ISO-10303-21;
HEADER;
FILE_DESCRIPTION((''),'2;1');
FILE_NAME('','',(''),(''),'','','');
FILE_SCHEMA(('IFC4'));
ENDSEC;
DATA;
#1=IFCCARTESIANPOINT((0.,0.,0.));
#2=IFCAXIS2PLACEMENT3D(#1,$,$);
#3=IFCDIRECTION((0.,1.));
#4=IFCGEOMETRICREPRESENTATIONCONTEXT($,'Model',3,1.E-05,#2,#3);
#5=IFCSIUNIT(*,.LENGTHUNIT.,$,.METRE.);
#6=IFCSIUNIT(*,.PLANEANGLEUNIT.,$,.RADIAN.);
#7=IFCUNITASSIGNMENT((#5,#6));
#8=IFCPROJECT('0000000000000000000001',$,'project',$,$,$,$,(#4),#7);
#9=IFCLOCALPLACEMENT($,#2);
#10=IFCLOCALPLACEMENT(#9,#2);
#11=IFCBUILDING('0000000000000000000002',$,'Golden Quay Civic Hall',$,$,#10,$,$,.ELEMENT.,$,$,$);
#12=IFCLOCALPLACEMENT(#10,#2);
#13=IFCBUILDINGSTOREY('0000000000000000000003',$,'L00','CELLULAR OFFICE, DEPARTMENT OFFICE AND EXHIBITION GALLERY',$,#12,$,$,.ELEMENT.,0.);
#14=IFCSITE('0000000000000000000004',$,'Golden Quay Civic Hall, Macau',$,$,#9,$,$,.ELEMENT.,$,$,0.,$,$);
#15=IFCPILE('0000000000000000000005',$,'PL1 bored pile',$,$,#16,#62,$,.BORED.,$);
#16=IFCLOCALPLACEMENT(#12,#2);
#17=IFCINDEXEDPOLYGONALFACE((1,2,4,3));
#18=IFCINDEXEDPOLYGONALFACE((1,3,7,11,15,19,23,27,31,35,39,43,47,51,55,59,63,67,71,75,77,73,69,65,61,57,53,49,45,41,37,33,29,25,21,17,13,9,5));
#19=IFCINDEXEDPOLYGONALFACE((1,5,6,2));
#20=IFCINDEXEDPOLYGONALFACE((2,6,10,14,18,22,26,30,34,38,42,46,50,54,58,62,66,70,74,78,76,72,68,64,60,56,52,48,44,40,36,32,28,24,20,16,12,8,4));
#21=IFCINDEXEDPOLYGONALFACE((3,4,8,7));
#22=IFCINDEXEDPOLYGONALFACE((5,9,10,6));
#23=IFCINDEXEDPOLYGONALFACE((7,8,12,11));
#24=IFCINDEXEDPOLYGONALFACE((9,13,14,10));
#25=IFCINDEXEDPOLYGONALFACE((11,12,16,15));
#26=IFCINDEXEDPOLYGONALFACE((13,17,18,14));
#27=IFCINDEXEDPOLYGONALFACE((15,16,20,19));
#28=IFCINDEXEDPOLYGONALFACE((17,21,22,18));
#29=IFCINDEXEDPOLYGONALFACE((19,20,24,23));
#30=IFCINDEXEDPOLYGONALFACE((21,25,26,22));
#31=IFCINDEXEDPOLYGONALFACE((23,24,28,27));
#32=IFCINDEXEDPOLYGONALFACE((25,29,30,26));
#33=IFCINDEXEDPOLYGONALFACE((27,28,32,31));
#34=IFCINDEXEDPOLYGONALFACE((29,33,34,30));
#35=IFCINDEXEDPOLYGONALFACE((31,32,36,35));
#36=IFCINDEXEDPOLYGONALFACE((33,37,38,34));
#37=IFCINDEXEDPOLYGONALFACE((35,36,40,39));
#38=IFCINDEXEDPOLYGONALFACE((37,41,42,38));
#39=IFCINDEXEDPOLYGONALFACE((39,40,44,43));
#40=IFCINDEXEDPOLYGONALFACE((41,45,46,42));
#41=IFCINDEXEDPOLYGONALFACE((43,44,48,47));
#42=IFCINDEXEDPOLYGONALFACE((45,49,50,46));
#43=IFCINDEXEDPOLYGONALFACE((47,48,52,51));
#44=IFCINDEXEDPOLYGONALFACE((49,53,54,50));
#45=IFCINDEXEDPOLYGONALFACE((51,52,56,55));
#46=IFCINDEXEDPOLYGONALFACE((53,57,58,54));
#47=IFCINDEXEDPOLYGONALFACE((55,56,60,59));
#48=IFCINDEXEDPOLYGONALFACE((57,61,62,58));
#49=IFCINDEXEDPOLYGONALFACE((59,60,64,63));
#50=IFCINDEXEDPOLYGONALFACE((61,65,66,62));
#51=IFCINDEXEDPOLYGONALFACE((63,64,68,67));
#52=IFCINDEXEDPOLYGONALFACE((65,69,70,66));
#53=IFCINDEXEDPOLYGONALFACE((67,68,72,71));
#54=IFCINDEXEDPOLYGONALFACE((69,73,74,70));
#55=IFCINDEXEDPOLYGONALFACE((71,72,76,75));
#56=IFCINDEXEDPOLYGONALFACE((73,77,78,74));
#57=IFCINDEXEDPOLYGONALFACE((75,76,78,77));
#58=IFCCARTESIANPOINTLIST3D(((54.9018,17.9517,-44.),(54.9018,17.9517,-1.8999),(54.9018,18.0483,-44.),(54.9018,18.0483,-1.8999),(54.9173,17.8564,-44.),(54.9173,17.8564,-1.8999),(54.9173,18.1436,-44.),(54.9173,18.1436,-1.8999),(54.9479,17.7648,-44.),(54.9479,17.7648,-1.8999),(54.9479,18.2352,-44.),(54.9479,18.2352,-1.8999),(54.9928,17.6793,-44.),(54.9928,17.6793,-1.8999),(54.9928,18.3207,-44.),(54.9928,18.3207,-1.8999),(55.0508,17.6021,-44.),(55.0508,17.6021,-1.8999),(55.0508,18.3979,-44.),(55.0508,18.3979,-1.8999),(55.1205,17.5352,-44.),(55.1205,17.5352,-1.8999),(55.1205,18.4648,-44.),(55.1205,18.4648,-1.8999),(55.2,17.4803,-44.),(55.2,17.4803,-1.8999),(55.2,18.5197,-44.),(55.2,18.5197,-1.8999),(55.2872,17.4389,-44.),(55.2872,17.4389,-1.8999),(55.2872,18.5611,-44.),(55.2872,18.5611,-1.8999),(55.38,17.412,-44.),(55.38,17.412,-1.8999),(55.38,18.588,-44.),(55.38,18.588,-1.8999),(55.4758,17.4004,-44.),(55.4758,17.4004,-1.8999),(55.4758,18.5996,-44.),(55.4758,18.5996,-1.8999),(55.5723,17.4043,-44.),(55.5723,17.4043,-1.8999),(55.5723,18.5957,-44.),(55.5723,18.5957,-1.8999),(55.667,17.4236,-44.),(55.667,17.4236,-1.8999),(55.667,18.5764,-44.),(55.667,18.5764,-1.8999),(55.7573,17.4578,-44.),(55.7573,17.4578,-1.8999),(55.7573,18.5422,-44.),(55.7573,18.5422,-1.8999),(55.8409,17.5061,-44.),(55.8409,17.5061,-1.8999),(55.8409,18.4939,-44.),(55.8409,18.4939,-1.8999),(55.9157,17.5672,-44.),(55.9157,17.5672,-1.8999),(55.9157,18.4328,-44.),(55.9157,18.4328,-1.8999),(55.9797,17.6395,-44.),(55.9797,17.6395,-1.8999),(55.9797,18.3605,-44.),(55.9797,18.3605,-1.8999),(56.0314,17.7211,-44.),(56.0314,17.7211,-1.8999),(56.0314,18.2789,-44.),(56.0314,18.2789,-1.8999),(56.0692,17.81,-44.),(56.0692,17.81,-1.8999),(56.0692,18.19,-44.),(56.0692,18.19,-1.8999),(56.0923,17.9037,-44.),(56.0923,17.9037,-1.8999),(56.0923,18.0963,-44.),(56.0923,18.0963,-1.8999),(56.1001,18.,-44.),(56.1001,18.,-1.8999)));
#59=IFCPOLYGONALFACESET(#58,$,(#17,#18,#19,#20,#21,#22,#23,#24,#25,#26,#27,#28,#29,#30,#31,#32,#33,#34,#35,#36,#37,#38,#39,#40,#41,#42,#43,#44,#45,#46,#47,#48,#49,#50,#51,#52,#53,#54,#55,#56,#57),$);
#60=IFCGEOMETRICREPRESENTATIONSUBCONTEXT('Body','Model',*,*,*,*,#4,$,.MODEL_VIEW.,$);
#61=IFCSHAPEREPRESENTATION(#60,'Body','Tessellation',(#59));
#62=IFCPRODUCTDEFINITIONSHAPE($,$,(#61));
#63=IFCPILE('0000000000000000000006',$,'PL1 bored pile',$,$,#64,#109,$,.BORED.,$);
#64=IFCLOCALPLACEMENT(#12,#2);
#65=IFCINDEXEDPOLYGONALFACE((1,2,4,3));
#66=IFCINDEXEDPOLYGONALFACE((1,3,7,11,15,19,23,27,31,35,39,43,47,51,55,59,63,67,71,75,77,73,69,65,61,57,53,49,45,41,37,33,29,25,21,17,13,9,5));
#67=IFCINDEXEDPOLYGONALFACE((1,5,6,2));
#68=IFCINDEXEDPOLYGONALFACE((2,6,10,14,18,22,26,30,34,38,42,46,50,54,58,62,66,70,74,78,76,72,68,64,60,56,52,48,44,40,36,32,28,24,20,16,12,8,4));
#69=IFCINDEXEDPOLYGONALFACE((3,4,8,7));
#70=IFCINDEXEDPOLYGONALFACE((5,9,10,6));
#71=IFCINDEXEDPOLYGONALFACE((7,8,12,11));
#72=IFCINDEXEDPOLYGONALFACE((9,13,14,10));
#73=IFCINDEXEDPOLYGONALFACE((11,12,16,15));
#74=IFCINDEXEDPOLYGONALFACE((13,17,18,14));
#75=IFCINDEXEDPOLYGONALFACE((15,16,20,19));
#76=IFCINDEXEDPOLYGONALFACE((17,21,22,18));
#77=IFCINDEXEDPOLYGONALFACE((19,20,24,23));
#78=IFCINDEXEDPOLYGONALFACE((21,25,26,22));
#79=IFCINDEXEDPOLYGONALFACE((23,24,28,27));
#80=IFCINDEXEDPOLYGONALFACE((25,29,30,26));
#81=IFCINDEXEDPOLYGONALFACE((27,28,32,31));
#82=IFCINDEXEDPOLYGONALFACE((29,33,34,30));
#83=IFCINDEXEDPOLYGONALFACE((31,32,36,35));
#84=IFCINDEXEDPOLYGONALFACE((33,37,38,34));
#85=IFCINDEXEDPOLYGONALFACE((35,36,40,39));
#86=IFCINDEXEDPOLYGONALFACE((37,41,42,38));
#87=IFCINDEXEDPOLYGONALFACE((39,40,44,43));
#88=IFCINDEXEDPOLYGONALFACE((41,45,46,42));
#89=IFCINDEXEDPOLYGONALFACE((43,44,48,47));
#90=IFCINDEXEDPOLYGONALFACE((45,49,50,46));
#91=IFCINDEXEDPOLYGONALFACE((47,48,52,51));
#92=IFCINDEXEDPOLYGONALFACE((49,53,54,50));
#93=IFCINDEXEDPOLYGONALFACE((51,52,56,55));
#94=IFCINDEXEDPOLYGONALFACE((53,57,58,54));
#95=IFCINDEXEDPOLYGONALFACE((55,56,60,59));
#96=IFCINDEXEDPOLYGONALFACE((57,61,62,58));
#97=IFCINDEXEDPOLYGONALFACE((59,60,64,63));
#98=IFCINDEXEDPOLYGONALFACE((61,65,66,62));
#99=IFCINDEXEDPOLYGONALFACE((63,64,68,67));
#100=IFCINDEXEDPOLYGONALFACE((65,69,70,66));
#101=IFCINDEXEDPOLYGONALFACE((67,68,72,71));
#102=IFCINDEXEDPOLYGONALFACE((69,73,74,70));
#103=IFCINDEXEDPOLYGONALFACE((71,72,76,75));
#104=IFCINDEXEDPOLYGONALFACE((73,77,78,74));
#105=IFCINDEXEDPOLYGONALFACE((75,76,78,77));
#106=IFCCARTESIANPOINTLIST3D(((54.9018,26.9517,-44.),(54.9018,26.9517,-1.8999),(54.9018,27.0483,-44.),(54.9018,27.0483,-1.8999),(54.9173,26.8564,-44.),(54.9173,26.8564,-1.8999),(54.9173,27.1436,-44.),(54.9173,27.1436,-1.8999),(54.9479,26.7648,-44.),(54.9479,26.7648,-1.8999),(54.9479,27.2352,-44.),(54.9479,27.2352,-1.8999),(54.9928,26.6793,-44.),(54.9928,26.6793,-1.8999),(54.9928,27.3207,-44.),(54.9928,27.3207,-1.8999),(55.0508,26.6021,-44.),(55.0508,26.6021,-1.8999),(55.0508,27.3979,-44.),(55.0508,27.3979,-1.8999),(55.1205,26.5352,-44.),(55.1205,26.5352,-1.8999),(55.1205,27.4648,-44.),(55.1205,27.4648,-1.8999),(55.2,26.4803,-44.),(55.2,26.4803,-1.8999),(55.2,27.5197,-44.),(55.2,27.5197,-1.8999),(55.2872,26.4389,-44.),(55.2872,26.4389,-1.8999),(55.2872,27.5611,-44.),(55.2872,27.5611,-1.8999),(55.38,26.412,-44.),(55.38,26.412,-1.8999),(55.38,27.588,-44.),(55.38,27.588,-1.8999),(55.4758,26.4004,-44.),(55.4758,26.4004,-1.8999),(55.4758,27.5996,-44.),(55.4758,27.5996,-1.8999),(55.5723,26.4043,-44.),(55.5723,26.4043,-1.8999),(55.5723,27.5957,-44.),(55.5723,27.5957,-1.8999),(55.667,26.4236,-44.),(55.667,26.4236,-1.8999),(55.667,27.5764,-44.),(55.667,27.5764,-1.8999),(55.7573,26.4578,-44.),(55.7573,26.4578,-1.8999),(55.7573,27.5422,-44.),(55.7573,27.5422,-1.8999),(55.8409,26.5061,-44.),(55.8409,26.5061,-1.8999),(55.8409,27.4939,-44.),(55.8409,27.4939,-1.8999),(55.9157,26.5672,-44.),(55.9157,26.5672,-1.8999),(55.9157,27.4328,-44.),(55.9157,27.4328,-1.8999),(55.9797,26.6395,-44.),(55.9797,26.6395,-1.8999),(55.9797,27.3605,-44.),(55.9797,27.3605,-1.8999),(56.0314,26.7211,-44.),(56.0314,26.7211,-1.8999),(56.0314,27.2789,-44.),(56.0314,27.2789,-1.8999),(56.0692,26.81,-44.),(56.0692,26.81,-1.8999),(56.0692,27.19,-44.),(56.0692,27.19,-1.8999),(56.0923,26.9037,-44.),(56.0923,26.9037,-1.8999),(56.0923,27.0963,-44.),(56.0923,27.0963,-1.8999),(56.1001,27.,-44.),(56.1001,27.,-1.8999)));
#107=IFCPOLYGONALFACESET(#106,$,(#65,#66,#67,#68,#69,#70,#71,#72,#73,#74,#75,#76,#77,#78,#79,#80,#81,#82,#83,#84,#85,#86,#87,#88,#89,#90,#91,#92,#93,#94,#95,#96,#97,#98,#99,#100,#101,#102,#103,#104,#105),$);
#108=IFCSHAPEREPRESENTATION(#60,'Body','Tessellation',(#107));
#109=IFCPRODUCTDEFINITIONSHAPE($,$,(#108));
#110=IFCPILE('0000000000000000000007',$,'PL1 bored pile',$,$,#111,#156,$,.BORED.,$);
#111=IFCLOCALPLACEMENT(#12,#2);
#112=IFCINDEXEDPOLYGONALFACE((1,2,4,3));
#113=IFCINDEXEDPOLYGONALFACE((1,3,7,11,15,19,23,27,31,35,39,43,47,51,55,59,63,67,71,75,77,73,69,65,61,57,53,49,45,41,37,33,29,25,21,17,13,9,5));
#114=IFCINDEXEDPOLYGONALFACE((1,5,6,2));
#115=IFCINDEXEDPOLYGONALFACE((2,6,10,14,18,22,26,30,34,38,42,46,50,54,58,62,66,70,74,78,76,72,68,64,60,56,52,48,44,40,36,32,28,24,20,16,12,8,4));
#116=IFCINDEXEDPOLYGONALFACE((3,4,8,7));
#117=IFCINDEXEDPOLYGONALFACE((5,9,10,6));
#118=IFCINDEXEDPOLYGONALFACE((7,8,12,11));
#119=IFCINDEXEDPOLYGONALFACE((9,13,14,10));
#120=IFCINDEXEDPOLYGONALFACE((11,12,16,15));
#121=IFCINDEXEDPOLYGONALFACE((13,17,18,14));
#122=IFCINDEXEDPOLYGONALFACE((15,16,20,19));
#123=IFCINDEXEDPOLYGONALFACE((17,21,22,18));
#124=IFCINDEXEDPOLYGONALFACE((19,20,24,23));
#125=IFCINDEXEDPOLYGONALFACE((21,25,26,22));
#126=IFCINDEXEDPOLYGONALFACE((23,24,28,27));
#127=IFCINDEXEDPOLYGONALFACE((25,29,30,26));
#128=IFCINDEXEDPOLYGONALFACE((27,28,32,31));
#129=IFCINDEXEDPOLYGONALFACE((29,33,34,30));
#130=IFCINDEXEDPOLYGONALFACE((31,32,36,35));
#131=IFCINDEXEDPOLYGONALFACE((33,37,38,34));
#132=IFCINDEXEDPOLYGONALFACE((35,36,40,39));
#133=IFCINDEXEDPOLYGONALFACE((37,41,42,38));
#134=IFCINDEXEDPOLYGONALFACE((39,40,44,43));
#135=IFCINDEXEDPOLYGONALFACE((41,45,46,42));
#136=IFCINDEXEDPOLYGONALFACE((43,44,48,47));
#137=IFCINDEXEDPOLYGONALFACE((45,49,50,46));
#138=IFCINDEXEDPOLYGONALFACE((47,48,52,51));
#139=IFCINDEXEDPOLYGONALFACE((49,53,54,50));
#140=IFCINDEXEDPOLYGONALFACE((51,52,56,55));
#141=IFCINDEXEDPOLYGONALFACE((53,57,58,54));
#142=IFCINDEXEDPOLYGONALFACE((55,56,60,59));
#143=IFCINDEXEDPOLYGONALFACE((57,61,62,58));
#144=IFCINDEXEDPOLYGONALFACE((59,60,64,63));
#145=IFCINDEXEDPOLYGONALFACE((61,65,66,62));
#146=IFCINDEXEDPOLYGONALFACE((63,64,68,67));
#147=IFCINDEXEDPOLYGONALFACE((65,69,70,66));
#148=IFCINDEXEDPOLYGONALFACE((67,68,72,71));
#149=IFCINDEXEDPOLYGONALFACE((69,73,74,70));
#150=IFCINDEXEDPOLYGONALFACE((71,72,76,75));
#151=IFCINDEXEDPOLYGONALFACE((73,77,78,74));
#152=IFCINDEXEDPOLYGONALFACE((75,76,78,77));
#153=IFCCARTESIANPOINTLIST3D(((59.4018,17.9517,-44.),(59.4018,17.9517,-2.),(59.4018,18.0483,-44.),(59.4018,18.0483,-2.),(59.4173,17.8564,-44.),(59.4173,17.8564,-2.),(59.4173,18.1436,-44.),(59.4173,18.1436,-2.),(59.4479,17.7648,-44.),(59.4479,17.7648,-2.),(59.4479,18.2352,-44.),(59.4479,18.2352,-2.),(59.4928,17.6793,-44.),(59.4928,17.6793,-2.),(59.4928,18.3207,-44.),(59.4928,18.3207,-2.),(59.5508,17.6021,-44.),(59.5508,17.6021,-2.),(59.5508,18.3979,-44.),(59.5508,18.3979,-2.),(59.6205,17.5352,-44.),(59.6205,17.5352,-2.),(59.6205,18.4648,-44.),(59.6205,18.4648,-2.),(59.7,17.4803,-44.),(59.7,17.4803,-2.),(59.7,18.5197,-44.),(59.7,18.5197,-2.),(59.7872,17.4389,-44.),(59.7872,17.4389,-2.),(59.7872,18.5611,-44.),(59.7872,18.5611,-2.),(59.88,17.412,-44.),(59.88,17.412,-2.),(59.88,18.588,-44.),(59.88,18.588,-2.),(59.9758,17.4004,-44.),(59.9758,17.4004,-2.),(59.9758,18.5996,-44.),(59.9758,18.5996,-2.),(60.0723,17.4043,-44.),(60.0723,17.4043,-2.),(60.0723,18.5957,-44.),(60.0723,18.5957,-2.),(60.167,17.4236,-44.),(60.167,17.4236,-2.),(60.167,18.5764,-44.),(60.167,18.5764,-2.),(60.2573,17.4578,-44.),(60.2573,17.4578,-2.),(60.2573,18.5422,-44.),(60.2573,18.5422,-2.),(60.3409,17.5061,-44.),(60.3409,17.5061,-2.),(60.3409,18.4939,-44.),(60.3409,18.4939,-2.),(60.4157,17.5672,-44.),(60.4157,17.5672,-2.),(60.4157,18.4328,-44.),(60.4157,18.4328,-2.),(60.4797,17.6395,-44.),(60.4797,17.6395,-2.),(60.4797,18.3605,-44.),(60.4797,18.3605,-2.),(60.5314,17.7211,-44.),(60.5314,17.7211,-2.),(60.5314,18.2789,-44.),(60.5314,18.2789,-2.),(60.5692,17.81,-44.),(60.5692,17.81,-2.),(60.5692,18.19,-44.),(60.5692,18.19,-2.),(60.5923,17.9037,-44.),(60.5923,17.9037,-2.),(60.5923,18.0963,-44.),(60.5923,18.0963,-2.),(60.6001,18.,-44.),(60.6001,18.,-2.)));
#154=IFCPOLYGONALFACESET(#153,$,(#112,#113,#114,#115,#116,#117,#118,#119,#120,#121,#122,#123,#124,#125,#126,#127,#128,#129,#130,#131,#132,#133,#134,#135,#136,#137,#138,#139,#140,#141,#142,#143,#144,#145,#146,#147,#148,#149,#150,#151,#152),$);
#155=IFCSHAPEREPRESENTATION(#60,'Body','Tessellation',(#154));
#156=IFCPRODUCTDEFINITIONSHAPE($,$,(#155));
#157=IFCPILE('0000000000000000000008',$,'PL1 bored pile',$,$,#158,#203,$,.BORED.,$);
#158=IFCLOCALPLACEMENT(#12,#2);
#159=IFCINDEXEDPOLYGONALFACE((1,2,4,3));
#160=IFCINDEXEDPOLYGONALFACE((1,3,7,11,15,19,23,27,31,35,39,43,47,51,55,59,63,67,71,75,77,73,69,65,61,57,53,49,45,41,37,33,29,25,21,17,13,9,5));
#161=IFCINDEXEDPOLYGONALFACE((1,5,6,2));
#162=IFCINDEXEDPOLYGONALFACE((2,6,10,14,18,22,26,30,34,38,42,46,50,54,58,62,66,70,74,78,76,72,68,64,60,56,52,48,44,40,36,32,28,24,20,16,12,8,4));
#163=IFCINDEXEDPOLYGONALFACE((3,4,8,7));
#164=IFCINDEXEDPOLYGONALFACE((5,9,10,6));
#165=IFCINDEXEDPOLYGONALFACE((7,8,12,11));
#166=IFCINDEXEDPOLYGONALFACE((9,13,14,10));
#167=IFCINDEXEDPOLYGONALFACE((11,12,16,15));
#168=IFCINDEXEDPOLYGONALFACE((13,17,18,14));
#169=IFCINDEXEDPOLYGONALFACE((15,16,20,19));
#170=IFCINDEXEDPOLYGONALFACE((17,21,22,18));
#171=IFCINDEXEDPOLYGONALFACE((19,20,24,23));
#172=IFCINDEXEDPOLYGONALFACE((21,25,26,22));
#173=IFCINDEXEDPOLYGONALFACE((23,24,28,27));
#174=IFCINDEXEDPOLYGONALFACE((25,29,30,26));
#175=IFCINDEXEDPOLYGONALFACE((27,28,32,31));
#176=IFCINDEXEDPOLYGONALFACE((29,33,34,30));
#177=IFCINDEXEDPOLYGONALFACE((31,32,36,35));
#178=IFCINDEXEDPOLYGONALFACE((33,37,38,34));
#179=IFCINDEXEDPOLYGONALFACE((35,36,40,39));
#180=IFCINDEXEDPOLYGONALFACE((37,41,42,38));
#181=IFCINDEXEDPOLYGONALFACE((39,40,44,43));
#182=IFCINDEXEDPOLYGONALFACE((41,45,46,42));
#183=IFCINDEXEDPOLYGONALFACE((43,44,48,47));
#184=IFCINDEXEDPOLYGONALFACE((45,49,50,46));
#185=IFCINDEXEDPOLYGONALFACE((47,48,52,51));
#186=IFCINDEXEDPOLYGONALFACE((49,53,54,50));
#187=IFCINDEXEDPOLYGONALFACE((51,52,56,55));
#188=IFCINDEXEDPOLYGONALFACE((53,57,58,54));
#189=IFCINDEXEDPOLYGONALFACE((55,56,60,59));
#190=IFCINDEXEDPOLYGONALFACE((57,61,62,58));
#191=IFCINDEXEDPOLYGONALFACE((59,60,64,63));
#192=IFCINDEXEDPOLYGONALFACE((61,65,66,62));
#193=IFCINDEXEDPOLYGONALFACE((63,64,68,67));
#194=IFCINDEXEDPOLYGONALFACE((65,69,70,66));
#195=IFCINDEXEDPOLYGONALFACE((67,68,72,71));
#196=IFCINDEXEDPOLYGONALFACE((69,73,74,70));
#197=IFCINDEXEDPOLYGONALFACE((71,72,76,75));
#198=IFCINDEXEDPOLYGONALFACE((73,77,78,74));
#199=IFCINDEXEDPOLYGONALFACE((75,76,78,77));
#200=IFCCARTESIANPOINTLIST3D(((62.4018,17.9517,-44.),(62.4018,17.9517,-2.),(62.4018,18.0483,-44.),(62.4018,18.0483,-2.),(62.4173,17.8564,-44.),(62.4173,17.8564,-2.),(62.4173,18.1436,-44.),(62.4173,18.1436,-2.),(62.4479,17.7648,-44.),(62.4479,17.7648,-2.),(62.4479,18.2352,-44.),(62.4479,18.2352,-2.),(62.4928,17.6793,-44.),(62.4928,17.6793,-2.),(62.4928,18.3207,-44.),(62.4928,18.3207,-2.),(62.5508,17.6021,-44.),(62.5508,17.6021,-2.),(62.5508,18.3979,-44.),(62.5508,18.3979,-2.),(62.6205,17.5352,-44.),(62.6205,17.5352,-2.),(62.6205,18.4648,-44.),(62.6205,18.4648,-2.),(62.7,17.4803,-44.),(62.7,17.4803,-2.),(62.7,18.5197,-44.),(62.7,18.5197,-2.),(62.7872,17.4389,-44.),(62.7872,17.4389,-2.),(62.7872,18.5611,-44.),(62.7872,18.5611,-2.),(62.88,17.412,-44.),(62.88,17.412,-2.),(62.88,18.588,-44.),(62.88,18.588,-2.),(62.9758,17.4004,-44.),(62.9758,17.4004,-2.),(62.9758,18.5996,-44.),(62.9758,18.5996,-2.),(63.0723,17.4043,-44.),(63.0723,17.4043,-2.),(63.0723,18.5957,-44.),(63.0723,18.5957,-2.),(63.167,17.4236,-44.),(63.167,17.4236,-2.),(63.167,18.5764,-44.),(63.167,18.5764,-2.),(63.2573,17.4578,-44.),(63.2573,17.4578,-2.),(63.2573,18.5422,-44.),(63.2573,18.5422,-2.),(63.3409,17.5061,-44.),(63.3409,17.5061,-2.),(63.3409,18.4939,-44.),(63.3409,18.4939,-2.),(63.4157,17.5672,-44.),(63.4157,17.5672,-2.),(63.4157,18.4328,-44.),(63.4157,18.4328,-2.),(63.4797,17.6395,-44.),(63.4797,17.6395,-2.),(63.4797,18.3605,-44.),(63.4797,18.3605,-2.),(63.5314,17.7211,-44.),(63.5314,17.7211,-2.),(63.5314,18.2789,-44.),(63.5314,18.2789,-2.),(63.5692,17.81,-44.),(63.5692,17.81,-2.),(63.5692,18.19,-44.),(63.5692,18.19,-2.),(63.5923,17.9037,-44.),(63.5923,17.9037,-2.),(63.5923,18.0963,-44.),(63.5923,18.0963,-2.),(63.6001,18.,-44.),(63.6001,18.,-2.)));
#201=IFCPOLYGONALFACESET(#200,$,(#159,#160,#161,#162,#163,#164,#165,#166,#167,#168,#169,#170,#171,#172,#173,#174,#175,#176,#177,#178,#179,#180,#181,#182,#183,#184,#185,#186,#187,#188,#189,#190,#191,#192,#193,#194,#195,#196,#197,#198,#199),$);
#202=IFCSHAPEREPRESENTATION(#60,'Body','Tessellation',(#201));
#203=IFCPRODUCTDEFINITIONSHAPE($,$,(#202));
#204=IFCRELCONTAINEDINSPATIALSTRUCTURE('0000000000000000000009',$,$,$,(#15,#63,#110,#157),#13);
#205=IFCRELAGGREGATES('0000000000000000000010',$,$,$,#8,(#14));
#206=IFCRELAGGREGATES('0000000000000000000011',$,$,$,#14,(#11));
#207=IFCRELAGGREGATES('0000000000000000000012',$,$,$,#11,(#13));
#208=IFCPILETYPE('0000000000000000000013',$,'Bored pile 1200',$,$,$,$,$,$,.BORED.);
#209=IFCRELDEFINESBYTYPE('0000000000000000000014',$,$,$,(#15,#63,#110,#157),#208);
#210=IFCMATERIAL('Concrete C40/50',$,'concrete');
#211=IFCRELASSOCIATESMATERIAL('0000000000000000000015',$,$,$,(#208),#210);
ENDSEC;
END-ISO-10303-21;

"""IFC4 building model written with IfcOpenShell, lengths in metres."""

from ifc_helpers import new_model, si_unit, direction, frame, origin, origin_2d, place, context, subcontext, project, spatial, circle, extrude, material, material_profile, profile_set, type_object, element, save


model = new_model("IFC4")

# Units and contexts
model_context = context("Model", 3, precision=1e-05, world=origin(), true_north=direction((0.0, 1.0)))
body_context = subcontext(model_context, "Body", "Model", "MODEL_VIEW")
ifc_project = project(units=[si_unit("LENGTHUNIT", "METRE"), si_unit("PLANEANGLEUNIT", "RADIAN")], contexts=[model_context])

# Site, building, storey
site_placement = place(None, origin())
site = spatial("IfcSite", under=ifc_project, at=site_placement, Name="Golden Quay Civic Hall, Macau", CompositionType="ELEMENT", RefElevation=0.0)
building_placement = place(site_placement, origin())
building = spatial("IfcBuilding", under=site, at=building_placement, Name="Golden Quay Civic Hall", CompositionType="ELEMENT")
storey_placement = place(building_placement, origin())
storey = spatial("IfcBuildingStorey", under=building, at=storey_placement, Name="L00", Description="CELLULAR OFFICE, DEPARTMENT OFFICE AND EXHIBITION GALLERY", CompositionType="ELEMENT", Elevation=0.0)

# Piles
ifc_material_1 = material(Name="Concrete C40/50", Category="concrete")
ifc_material_profile_1 = material_profile(ifc_material_1, circle(Radius=0.6001, at=origin_2d()), Name="RC D1200")
ifc_profile_set_1 = profile_set([ifc_material_profile_1], Name="Concrete C40/50")
pile_type = type_object("IfcPileType", Name="Bored pile 1200", PredefinedType="BORED", material=ifc_profile_set_1)
for number, where, z_axis, x_axis, name in (
    (1, (55.5, 18.0, -1.8999), (0.0, 0.0, -1.0), (1.0, 0.0, 0.0), "PL1 bored pile"),
    (2, (55.5, 27.0, -1.8999), (0.0, 0.0, -1.0), (1.0, 0.0, 0.0), "PL1 bored pile"),
):
    element("IfcPile", number, at=place(storey_placement, frame(where, z_axis=z_axis, x_axis=x_axis)), inside=storey, type_object=pile_type, Name=name, PredefinedType="BORED", context=body_context, shape_type="SweptSolid", body=[
        extrude(circle(Radius=0.6001, at=origin_2d()), origin(), (0.0, 0.0, 1.0), 42.1001),
    ])
for number, where, z_axis, x_axis, name in (
    (3, (60.0, 18.0, -2.0), (0.0, 0.0, -1.0), (1.0, 0.0, 0.0), "PL1 bored pile"),
    (4, (63.0, 18.0, -2.0), (0.0, 0.0, -1.0), (1.0, 0.0, 0.0), "PL1 bored pile"),
):
    element("IfcPile", number, at=place(storey_placement, frame(where, z_axis=z_axis, x_axis=x_axis)), inside=storey, type_object=pile_type, Name=name, PredefinedType="BORED", context=body_context, shape_type="SweptSolid", body=[
        extrude(circle(Radius=0.6001, at=origin_2d()), origin(), (0.0, 0.0, 1.0), 42.0),
    ])

save(model, "model.ifc")
